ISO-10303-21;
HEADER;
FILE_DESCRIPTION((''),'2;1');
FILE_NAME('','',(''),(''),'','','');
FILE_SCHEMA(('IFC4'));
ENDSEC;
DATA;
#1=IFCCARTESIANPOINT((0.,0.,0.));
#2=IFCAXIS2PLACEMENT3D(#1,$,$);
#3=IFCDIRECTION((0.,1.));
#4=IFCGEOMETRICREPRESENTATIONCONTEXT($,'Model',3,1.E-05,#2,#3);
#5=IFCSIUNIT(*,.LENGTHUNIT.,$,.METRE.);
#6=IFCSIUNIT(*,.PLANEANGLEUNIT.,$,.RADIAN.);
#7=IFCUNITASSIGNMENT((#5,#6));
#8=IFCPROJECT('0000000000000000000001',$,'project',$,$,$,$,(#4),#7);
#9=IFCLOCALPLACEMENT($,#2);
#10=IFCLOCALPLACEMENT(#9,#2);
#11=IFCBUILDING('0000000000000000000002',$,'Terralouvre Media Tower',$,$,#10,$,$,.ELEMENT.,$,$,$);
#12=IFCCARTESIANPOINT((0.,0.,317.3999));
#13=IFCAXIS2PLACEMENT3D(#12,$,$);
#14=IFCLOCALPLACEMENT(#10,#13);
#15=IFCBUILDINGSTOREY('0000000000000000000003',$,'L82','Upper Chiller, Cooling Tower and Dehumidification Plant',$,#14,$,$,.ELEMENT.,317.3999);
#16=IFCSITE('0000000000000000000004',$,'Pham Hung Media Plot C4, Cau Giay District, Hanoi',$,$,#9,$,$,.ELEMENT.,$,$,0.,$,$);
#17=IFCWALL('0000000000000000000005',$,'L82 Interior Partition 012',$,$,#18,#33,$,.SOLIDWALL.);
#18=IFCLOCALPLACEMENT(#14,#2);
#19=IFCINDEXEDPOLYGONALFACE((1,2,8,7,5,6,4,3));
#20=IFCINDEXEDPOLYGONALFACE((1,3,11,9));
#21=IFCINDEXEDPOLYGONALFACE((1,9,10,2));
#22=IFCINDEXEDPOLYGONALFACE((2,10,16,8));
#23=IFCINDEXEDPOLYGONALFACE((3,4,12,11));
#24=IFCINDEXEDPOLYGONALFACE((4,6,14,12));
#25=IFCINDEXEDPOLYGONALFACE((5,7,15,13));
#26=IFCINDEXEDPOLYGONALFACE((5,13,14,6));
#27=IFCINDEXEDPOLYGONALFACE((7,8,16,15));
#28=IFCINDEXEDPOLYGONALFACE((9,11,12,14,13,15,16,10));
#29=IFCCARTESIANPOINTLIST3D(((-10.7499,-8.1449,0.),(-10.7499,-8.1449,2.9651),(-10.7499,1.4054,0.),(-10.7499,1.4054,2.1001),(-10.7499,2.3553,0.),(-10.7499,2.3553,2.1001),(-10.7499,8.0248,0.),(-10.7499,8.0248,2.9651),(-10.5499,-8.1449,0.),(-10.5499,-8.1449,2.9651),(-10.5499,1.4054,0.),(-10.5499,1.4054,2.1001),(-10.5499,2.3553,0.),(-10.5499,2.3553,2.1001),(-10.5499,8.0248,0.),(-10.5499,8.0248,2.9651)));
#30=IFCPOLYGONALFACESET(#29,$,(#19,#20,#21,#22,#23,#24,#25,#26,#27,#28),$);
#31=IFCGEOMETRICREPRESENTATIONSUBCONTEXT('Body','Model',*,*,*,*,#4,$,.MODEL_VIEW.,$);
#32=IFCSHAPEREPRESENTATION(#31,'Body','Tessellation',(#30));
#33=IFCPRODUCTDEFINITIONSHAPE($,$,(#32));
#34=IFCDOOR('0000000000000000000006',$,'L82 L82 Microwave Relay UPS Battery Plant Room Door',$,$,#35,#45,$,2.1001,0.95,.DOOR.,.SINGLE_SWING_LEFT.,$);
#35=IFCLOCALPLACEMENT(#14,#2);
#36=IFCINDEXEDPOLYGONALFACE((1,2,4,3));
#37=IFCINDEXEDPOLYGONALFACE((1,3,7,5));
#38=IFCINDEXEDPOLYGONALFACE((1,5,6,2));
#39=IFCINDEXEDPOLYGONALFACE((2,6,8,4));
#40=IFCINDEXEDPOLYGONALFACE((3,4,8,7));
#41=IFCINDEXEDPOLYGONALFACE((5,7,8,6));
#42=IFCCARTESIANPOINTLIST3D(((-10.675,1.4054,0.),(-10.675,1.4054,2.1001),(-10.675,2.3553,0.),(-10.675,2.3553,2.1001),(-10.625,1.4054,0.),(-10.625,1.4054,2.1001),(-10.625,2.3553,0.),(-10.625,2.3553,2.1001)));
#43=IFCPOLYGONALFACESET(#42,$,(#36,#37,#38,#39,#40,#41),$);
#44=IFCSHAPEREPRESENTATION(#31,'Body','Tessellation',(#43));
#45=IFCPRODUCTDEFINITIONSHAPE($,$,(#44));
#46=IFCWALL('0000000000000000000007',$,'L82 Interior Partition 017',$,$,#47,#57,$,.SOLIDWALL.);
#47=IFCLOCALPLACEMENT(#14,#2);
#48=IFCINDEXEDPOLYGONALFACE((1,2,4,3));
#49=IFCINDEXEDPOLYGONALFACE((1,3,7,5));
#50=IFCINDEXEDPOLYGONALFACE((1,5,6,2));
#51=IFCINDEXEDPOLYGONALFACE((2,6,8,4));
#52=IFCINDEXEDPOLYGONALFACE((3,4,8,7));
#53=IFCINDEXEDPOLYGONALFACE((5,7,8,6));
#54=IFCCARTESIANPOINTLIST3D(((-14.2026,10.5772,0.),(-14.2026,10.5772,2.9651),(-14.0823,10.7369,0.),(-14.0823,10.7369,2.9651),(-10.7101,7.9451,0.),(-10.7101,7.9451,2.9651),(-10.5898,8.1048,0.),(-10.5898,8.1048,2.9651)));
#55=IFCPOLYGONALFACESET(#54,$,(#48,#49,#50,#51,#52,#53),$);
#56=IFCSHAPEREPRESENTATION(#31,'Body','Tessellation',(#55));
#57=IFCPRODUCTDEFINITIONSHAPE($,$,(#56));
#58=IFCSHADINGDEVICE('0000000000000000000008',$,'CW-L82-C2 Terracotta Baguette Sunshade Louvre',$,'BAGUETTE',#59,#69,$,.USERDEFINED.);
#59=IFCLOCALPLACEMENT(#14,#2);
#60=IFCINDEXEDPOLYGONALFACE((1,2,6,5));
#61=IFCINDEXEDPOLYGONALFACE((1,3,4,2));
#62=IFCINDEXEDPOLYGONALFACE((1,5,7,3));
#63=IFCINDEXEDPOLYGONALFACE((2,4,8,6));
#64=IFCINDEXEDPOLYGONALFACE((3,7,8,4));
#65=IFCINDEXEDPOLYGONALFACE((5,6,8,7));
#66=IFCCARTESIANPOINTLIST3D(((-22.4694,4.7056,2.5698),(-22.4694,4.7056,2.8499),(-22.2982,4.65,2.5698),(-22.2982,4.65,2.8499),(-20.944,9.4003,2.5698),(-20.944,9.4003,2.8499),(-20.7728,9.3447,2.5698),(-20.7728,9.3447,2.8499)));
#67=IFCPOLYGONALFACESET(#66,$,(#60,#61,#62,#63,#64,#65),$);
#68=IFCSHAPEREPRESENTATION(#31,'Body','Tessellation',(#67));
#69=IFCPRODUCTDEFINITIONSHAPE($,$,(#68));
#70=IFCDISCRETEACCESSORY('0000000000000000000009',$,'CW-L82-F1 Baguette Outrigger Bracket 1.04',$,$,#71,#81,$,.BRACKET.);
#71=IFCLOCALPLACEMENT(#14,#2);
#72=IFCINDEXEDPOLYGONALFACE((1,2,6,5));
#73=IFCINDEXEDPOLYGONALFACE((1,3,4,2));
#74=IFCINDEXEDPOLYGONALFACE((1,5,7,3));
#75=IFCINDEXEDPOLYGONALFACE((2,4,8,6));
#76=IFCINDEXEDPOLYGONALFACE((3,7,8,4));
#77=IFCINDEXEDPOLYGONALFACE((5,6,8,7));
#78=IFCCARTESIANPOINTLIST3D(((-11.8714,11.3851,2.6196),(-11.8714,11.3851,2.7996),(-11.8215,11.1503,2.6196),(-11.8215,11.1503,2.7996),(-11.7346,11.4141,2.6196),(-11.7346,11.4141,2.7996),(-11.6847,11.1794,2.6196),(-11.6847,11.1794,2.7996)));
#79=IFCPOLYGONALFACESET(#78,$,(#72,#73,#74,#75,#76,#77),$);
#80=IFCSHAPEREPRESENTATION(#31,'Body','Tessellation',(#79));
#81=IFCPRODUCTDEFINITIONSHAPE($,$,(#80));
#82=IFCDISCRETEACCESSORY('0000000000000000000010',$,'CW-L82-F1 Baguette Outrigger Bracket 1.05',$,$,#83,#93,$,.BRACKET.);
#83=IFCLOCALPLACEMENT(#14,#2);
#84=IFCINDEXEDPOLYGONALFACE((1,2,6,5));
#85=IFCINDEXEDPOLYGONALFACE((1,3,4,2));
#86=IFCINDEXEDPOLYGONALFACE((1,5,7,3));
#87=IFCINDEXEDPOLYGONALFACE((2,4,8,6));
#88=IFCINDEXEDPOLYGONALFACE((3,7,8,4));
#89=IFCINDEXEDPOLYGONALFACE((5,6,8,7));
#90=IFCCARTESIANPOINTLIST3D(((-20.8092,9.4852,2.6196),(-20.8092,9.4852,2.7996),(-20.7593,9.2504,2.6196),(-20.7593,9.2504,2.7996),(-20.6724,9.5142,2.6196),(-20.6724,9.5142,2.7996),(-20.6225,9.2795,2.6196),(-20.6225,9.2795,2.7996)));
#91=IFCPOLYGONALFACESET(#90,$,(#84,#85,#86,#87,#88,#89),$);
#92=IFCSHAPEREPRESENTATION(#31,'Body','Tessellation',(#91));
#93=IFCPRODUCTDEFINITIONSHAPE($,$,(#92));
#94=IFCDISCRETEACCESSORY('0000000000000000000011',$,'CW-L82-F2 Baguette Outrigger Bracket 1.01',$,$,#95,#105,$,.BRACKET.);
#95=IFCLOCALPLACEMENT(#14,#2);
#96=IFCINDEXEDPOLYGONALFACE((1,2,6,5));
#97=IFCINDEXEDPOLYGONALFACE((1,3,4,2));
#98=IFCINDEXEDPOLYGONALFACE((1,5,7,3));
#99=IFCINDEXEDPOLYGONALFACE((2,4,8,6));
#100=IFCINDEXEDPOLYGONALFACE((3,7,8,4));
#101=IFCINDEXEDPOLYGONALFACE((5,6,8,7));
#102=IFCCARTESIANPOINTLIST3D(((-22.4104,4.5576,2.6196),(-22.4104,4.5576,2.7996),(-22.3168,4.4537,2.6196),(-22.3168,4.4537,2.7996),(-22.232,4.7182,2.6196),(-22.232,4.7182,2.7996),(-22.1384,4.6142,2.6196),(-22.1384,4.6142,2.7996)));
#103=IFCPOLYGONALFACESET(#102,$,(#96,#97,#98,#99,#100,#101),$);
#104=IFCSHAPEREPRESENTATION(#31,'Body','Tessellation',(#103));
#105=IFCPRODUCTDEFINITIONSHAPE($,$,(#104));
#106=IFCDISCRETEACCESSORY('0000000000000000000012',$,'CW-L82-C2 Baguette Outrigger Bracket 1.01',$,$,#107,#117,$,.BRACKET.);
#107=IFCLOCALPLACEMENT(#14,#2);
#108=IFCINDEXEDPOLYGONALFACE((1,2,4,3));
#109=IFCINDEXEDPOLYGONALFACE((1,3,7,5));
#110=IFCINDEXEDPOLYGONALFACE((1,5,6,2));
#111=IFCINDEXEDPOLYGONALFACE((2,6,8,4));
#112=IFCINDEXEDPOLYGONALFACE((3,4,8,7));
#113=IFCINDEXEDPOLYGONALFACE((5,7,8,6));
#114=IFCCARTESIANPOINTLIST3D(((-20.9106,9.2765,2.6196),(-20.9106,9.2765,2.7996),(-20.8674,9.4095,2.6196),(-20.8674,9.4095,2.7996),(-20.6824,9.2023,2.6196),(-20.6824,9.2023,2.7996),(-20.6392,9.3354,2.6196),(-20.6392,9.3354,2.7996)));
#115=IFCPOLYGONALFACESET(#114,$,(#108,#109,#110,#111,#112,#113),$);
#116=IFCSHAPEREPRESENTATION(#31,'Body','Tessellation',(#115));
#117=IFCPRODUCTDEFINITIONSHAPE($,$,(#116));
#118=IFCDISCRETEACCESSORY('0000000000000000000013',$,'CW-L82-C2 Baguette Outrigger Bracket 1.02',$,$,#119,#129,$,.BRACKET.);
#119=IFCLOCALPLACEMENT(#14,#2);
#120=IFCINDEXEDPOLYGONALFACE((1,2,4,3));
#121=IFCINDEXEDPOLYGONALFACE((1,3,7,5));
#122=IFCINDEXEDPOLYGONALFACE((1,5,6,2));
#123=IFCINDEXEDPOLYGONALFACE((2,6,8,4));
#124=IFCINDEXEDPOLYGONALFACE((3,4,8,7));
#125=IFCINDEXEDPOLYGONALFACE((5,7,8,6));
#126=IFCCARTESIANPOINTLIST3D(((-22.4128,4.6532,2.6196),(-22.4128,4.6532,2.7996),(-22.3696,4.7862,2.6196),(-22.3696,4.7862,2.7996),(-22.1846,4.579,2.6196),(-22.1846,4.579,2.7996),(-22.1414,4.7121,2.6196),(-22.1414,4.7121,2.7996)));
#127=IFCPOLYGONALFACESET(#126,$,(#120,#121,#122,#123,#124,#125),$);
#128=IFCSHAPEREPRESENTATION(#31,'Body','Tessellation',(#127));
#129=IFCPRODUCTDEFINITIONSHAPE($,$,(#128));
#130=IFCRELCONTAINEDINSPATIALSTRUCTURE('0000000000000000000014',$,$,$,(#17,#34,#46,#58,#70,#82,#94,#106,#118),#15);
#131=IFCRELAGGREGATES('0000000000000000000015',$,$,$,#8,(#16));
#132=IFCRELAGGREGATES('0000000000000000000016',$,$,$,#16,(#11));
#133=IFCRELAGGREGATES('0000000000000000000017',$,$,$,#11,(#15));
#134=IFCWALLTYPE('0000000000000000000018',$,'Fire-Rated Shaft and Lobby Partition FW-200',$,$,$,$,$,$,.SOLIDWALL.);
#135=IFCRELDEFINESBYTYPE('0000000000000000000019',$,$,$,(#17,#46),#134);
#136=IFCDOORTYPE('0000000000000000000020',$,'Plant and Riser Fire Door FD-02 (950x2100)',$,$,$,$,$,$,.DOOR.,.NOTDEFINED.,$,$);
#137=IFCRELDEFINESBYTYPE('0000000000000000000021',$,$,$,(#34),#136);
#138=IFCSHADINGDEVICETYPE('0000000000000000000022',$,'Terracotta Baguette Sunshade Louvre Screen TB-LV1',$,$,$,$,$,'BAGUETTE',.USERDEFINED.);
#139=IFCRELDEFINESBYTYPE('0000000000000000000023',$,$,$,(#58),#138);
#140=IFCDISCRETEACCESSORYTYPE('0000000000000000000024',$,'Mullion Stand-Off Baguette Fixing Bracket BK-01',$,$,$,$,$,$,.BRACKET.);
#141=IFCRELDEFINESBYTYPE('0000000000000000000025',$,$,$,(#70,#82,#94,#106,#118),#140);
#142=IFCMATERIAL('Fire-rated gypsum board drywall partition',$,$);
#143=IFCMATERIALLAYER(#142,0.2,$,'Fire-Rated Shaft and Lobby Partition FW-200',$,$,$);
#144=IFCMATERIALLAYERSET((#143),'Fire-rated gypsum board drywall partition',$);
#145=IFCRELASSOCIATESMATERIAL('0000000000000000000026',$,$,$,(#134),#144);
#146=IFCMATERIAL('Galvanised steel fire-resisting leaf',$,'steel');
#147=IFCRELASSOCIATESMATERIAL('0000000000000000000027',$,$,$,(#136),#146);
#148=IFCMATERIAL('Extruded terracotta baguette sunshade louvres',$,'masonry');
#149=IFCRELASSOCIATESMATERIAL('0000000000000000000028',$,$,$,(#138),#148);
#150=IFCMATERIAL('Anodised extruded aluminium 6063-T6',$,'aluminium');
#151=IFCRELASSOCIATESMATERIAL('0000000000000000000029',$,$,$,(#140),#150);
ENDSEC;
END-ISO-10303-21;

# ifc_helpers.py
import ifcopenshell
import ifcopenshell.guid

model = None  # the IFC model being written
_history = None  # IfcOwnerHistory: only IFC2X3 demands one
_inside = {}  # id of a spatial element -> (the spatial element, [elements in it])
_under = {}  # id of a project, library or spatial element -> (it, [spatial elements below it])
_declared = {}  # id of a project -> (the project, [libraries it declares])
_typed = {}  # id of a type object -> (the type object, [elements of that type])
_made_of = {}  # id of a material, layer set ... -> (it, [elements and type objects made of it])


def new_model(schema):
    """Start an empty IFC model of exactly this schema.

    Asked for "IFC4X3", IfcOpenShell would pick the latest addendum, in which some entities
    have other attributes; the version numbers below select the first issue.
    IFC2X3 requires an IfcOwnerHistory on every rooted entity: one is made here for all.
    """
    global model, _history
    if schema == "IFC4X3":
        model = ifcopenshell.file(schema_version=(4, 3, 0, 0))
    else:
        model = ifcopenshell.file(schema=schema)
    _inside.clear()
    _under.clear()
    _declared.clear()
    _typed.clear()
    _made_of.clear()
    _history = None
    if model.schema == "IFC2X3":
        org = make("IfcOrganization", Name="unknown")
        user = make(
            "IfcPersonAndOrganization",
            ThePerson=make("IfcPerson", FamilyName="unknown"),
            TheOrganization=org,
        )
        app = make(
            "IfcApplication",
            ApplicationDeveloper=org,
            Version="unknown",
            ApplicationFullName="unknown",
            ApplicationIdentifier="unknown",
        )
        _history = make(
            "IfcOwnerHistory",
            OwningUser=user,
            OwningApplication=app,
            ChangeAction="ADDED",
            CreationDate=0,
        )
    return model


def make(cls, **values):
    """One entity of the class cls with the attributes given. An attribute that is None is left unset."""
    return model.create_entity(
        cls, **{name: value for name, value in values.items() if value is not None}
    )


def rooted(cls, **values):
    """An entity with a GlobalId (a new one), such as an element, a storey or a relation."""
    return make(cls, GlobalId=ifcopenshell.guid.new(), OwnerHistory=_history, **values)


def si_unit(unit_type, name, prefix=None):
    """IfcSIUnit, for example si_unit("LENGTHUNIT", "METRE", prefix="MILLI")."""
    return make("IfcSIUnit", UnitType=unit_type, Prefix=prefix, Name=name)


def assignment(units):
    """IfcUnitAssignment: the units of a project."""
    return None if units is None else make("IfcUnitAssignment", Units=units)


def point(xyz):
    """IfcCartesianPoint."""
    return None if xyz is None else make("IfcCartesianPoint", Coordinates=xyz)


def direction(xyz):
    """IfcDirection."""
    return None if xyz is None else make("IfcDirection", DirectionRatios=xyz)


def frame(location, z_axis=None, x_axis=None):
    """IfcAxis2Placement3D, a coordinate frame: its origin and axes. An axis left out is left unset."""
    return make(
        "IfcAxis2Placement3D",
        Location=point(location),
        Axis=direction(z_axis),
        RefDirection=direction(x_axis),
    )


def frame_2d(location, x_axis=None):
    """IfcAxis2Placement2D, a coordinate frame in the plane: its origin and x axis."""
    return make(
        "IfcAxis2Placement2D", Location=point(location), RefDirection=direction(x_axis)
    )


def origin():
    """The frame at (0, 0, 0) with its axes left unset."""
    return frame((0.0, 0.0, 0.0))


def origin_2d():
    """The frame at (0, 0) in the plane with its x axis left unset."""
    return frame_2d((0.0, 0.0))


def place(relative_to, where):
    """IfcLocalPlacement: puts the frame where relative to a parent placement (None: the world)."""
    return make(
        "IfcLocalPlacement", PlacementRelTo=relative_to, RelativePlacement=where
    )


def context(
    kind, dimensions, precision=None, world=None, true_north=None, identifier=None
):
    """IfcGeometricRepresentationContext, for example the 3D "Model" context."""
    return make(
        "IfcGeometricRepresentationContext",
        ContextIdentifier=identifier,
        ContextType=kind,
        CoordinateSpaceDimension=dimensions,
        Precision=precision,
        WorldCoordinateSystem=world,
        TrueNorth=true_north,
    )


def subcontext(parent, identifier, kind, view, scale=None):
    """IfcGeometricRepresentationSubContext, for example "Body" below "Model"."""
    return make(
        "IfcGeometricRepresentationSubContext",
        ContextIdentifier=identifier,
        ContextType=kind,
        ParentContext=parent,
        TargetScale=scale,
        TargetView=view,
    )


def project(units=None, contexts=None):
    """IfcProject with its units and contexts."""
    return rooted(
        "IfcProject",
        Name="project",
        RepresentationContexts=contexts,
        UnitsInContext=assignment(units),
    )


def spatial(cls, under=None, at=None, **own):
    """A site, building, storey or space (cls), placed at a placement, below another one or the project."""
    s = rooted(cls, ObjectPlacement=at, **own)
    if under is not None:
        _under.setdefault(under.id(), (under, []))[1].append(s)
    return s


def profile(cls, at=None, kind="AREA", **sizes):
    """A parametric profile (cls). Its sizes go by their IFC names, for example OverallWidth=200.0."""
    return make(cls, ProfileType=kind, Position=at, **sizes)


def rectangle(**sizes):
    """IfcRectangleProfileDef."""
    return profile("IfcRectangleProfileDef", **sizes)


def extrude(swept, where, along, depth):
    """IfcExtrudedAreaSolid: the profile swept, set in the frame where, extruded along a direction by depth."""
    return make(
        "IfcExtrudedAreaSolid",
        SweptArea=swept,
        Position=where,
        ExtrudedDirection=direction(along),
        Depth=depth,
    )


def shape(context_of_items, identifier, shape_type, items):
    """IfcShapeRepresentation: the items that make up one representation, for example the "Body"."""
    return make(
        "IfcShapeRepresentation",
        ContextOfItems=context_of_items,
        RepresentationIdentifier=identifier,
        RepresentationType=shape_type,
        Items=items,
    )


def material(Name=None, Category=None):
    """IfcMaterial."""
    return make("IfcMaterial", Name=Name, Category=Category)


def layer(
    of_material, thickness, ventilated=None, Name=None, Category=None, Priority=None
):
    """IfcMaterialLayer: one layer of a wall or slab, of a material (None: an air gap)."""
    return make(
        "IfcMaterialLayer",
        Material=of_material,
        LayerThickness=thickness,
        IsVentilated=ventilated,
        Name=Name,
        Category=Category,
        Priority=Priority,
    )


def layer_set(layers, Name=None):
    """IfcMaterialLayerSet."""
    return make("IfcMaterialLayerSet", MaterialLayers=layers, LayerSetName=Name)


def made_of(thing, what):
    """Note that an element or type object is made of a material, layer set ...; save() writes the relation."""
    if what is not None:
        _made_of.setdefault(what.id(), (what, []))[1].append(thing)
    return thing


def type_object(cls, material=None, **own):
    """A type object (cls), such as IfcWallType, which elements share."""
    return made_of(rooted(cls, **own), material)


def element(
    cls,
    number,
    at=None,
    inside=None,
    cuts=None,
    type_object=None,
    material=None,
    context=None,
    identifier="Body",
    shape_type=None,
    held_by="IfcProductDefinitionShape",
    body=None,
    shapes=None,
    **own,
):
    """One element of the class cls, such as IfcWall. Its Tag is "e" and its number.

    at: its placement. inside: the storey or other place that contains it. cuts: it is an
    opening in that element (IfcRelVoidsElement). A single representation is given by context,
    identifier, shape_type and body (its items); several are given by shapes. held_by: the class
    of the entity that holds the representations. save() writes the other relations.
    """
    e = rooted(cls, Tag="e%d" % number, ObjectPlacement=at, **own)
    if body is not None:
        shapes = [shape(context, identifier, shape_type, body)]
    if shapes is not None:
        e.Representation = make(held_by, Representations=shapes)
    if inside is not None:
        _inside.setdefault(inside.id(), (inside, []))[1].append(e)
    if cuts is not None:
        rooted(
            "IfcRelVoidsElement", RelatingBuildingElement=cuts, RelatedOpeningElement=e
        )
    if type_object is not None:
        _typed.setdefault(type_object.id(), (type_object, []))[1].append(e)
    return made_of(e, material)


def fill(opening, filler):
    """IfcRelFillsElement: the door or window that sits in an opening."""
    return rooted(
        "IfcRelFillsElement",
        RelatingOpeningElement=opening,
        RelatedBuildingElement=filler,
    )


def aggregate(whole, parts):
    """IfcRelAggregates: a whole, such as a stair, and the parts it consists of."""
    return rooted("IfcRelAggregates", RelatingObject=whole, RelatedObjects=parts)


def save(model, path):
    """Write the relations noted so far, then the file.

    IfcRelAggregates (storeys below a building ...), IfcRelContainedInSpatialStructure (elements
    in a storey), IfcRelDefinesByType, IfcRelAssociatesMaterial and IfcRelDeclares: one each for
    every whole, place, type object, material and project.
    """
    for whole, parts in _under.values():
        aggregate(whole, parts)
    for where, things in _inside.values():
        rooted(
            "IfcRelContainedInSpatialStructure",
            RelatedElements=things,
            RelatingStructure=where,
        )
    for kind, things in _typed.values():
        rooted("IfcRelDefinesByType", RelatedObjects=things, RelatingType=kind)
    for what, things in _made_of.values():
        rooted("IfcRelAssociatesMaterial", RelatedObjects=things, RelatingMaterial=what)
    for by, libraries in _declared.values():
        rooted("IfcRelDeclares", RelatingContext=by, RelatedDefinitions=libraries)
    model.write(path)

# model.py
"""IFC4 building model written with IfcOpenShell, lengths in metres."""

from ifc_helpers import new_model, si_unit, direction, frame, frame_2d, origin, origin_2d, place, context, subcontext, project, spatial, rectangle, extrude, material, layer, layer_set, type_object, element, fill, save


model = new_model("IFC4")

# Units and contexts
model_context = context("Model", 3, precision=1e-05, world=origin(), true_north=direction((0.0, 1.0)))
body_context = subcontext(model_context, "Body", "Model", "MODEL_VIEW")
ifc_project = project(units=[si_unit("LENGTHUNIT", "METRE"), si_unit("PLANEANGLEUNIT", "RADIAN")], contexts=[model_context])

# Site, building, storey
site_placement = place(None, origin())
site = spatial("IfcSite", under=ifc_project, at=site_placement, Name="Pham Hung Media Plot C4, Cau Giay District, Hanoi", CompositionType="ELEMENT", RefElevation=0.0)
building_placement = place(site_placement, origin())
building = spatial("IfcBuilding", under=site, at=building_placement, Name="Terralouvre Media Tower", CompositionType="ELEMENT")
storey_placement = place(building_placement, frame((0.0, 0.0, 317.3999)))
storey = spatial("IfcBuildingStorey", under=building, at=storey_placement, Name="L82", Description="Upper Chiller, Cooling Tower and Dehumidification Plant", CompositionType="ELEMENT", Elevation=317.3999)

# Shared definitions
ifc_material_1 = material(Name="Fire-rated gypsum board drywall partition")
ifc_layer_1 = layer(ifc_material_1, 0.2, Name="Fire-Rated Shaft and Lobby Partition FW-200")
ifc_layer_set_1 = layer_set([ifc_layer_1], Name="Fire-rated gypsum board drywall partition")
wall_type = type_object("IfcWallType", Name="Fire-Rated Shaft and Lobby Partition FW-200", PredefinedType="SOLIDWALL", material=ifc_layer_set_1)

# Wall, opening, door
wall_1_placement = place(storey_placement, frame((-10.6499, 8.0249, 0.0), z_axis=(0.0, 0.0, 1.0), x_axis=(0.0, -1.0, 0.0)))
wall_1 = element("IfcWall", 1, at=wall_1_placement, inside=storey, type_object=wall_type, Name="L82 Interior Partition 012", PredefinedType="SOLIDWALL", context=body_context, shape_type="SweptSolid", body=[
    extrude(rectangle(XDim=16.1697, YDim=0.2, at=frame_2d((8.085, 0.0))), origin(), (0.0, 0.0, 1.0), 2.9651),
])
opening_placement = place(wall_1_placement, frame((5.6694, 0.0, 0.0)))
opening = element("IfcOpeningElement", 2, at=opening_placement, cuts=wall_1, PredefinedType="OPENING", context=body_context, shape_type="SweptSolid", body=[
    extrude(rectangle(XDim=0.95, YDim=2.1001, at=frame_2d((0.4751, 1.05))), frame((0.0, 0.1099, 0.0), z_axis=(0.0, -1.0, 0.0), x_axis=(1.0, 0.0, 0.0)), (0.0, 0.0, 1.0), 0.22),
])
ifc_material_2 = material(Name="Galvanised steel fire-resisting leaf", Category="steel")
door_type = type_object("IfcDoorType", Name="Plant and Riser Fire Door FD-02 (950x2100)", OperationType="NOTDEFINED", PredefinedType="DOOR", material=ifc_material_2)
door_placement = place(opening_placement, origin())
door = element("IfcDoor", 3, at=door_placement, inside=storey, type_object=door_type, Name="L82 L82 Microwave Relay UPS Battery Plant Room Door", OperationType="SINGLE_SWING_LEFT", OverallHeight=2.1001, OverallWidth=0.95, PredefinedType="DOOR", context=body_context, shape_type="SweptSolid", body=[
    extrude(rectangle(XDim=0.95, YDim=2.1001, at=frame_2d((0.4751, 1.05))), frame((0.0, 0.0249, 0.0), z_axis=(0.0, -1.0, 0.0), x_axis=(1.0, 0.0, 0.0)), (0.0, 0.0, 1.0), 0.05),
])
fill(opening, door)

# Wall
wall_2_placement = place(storey_placement, frame((-14.1423, 10.657, 0.0), z_axis=(0.0, 0.0, 1.0), x_axis=(0.798598, -0.601865, 0.0)))
element("IfcWall", 4, at=wall_2_placement, inside=storey, type_object=wall_type, Name="L82 Interior Partition 017", PredefinedType="SOLIDWALL", context=body_context, shape_type="SweptSolid", body=[
    extrude(rectangle(XDim=4.3733, YDim=0.2, at=frame_2d((2.1865, 0.0))), origin(), (0.0, 0.0, 1.0), 2.9651),
])

# Shading device
ifc_material_3 = material(Name="Extruded terracotta baguette sunshade louvres", Category="masonry")
shading_device_type = type_object("IfcShadingDeviceType", Name="Terracotta Baguette Sunshade Louvre Screen TB-LV1", ElementType="BAGUETTE", PredefinedType="USERDEFINED", material=ifc_material_3)
shading_device_placement = place(storey_placement, frame((-21.6211, 7.0251, 2.5698), z_axis=(0.0, 0.0, 1.0), x_axis=(-0.309018, -0.951056, 0.0)))
element("IfcShadingDevice", 5, at=shading_device_placement, inside=storey, type_object=shading_device_type, Name="CW-L82-C2 Terracotta Baguette Sunshade Louvre", ObjectType="BAGUETTE", PredefinedType="USERDEFINED", context=body_context, shape_type="SweptSolid", body=[
    extrude(rectangle(XDim=4.9363, YDim=0.1799, at=origin_2d()), origin(), (0.0, 0.0, 1.0), 0.28),
])

# Discrete accessories
ifc_material_4 = material(Name="Anodised extruded aluminium 6063-T6", Category="aluminium")
discrete_accessory_type = type_object("IfcDiscreteAccessoryType", Name="Mullion Stand-Off Baguette Fixing Bracket BK-01", PredefinedType="BRACKET", material=ifc_material_4)
for number, where, z_axis, x_axis, name in (
    (6, (-11.7781, 11.2822, 2.6196), (0.0, 0.0, 1.0), (-0.978148, -0.207912, 0.0), "CW-L82-F1 Baguette Outrigger Bracket 1.04"),
    (7, (-20.7158, 9.3823, 2.6196), (0.0, 0.0, 1.0), (-0.978148, -0.207912, 0.0), "CW-L82-F1 Baguette Outrigger Bracket 1.05"),
    (8, (-22.2744, 4.5859, 2.6196), (0.0, 0.0, 1.0), (0.66913, -0.743145, 0.0), "CW-L82-F2 Baguette Outrigger Bracket 1.01"),
    (9, (-20.7749, 9.3059, 2.6196), (0.0, 0.0, 1.0), (-0.309018, -0.951056, 0.0), "CW-L82-C2 Baguette Outrigger Bracket 1.01"),
    (10, (-22.2771, 4.6826, 2.6196), (0.0, 0.0, 1.0), (-0.309018, -0.951056, 0.0), "CW-L82-C2 Baguette Outrigger Bracket 1.02"),
):
    element("IfcDiscreteAccessory", number, at=place(storey_placement, frame(where, z_axis=z_axis, x_axis=x_axis)), inside=storey, type_object=discrete_accessory_type, Name=name, PredefinedType="BRACKET", context=body_context, shape_type="SweptSolid", body=[
        extrude(rectangle(XDim=0.1399, YDim=0.24, at=origin_2d()), origin(), (0.0, 0.0, 1.0), 0.1799),
    ])

save(model, "model.ifc")
